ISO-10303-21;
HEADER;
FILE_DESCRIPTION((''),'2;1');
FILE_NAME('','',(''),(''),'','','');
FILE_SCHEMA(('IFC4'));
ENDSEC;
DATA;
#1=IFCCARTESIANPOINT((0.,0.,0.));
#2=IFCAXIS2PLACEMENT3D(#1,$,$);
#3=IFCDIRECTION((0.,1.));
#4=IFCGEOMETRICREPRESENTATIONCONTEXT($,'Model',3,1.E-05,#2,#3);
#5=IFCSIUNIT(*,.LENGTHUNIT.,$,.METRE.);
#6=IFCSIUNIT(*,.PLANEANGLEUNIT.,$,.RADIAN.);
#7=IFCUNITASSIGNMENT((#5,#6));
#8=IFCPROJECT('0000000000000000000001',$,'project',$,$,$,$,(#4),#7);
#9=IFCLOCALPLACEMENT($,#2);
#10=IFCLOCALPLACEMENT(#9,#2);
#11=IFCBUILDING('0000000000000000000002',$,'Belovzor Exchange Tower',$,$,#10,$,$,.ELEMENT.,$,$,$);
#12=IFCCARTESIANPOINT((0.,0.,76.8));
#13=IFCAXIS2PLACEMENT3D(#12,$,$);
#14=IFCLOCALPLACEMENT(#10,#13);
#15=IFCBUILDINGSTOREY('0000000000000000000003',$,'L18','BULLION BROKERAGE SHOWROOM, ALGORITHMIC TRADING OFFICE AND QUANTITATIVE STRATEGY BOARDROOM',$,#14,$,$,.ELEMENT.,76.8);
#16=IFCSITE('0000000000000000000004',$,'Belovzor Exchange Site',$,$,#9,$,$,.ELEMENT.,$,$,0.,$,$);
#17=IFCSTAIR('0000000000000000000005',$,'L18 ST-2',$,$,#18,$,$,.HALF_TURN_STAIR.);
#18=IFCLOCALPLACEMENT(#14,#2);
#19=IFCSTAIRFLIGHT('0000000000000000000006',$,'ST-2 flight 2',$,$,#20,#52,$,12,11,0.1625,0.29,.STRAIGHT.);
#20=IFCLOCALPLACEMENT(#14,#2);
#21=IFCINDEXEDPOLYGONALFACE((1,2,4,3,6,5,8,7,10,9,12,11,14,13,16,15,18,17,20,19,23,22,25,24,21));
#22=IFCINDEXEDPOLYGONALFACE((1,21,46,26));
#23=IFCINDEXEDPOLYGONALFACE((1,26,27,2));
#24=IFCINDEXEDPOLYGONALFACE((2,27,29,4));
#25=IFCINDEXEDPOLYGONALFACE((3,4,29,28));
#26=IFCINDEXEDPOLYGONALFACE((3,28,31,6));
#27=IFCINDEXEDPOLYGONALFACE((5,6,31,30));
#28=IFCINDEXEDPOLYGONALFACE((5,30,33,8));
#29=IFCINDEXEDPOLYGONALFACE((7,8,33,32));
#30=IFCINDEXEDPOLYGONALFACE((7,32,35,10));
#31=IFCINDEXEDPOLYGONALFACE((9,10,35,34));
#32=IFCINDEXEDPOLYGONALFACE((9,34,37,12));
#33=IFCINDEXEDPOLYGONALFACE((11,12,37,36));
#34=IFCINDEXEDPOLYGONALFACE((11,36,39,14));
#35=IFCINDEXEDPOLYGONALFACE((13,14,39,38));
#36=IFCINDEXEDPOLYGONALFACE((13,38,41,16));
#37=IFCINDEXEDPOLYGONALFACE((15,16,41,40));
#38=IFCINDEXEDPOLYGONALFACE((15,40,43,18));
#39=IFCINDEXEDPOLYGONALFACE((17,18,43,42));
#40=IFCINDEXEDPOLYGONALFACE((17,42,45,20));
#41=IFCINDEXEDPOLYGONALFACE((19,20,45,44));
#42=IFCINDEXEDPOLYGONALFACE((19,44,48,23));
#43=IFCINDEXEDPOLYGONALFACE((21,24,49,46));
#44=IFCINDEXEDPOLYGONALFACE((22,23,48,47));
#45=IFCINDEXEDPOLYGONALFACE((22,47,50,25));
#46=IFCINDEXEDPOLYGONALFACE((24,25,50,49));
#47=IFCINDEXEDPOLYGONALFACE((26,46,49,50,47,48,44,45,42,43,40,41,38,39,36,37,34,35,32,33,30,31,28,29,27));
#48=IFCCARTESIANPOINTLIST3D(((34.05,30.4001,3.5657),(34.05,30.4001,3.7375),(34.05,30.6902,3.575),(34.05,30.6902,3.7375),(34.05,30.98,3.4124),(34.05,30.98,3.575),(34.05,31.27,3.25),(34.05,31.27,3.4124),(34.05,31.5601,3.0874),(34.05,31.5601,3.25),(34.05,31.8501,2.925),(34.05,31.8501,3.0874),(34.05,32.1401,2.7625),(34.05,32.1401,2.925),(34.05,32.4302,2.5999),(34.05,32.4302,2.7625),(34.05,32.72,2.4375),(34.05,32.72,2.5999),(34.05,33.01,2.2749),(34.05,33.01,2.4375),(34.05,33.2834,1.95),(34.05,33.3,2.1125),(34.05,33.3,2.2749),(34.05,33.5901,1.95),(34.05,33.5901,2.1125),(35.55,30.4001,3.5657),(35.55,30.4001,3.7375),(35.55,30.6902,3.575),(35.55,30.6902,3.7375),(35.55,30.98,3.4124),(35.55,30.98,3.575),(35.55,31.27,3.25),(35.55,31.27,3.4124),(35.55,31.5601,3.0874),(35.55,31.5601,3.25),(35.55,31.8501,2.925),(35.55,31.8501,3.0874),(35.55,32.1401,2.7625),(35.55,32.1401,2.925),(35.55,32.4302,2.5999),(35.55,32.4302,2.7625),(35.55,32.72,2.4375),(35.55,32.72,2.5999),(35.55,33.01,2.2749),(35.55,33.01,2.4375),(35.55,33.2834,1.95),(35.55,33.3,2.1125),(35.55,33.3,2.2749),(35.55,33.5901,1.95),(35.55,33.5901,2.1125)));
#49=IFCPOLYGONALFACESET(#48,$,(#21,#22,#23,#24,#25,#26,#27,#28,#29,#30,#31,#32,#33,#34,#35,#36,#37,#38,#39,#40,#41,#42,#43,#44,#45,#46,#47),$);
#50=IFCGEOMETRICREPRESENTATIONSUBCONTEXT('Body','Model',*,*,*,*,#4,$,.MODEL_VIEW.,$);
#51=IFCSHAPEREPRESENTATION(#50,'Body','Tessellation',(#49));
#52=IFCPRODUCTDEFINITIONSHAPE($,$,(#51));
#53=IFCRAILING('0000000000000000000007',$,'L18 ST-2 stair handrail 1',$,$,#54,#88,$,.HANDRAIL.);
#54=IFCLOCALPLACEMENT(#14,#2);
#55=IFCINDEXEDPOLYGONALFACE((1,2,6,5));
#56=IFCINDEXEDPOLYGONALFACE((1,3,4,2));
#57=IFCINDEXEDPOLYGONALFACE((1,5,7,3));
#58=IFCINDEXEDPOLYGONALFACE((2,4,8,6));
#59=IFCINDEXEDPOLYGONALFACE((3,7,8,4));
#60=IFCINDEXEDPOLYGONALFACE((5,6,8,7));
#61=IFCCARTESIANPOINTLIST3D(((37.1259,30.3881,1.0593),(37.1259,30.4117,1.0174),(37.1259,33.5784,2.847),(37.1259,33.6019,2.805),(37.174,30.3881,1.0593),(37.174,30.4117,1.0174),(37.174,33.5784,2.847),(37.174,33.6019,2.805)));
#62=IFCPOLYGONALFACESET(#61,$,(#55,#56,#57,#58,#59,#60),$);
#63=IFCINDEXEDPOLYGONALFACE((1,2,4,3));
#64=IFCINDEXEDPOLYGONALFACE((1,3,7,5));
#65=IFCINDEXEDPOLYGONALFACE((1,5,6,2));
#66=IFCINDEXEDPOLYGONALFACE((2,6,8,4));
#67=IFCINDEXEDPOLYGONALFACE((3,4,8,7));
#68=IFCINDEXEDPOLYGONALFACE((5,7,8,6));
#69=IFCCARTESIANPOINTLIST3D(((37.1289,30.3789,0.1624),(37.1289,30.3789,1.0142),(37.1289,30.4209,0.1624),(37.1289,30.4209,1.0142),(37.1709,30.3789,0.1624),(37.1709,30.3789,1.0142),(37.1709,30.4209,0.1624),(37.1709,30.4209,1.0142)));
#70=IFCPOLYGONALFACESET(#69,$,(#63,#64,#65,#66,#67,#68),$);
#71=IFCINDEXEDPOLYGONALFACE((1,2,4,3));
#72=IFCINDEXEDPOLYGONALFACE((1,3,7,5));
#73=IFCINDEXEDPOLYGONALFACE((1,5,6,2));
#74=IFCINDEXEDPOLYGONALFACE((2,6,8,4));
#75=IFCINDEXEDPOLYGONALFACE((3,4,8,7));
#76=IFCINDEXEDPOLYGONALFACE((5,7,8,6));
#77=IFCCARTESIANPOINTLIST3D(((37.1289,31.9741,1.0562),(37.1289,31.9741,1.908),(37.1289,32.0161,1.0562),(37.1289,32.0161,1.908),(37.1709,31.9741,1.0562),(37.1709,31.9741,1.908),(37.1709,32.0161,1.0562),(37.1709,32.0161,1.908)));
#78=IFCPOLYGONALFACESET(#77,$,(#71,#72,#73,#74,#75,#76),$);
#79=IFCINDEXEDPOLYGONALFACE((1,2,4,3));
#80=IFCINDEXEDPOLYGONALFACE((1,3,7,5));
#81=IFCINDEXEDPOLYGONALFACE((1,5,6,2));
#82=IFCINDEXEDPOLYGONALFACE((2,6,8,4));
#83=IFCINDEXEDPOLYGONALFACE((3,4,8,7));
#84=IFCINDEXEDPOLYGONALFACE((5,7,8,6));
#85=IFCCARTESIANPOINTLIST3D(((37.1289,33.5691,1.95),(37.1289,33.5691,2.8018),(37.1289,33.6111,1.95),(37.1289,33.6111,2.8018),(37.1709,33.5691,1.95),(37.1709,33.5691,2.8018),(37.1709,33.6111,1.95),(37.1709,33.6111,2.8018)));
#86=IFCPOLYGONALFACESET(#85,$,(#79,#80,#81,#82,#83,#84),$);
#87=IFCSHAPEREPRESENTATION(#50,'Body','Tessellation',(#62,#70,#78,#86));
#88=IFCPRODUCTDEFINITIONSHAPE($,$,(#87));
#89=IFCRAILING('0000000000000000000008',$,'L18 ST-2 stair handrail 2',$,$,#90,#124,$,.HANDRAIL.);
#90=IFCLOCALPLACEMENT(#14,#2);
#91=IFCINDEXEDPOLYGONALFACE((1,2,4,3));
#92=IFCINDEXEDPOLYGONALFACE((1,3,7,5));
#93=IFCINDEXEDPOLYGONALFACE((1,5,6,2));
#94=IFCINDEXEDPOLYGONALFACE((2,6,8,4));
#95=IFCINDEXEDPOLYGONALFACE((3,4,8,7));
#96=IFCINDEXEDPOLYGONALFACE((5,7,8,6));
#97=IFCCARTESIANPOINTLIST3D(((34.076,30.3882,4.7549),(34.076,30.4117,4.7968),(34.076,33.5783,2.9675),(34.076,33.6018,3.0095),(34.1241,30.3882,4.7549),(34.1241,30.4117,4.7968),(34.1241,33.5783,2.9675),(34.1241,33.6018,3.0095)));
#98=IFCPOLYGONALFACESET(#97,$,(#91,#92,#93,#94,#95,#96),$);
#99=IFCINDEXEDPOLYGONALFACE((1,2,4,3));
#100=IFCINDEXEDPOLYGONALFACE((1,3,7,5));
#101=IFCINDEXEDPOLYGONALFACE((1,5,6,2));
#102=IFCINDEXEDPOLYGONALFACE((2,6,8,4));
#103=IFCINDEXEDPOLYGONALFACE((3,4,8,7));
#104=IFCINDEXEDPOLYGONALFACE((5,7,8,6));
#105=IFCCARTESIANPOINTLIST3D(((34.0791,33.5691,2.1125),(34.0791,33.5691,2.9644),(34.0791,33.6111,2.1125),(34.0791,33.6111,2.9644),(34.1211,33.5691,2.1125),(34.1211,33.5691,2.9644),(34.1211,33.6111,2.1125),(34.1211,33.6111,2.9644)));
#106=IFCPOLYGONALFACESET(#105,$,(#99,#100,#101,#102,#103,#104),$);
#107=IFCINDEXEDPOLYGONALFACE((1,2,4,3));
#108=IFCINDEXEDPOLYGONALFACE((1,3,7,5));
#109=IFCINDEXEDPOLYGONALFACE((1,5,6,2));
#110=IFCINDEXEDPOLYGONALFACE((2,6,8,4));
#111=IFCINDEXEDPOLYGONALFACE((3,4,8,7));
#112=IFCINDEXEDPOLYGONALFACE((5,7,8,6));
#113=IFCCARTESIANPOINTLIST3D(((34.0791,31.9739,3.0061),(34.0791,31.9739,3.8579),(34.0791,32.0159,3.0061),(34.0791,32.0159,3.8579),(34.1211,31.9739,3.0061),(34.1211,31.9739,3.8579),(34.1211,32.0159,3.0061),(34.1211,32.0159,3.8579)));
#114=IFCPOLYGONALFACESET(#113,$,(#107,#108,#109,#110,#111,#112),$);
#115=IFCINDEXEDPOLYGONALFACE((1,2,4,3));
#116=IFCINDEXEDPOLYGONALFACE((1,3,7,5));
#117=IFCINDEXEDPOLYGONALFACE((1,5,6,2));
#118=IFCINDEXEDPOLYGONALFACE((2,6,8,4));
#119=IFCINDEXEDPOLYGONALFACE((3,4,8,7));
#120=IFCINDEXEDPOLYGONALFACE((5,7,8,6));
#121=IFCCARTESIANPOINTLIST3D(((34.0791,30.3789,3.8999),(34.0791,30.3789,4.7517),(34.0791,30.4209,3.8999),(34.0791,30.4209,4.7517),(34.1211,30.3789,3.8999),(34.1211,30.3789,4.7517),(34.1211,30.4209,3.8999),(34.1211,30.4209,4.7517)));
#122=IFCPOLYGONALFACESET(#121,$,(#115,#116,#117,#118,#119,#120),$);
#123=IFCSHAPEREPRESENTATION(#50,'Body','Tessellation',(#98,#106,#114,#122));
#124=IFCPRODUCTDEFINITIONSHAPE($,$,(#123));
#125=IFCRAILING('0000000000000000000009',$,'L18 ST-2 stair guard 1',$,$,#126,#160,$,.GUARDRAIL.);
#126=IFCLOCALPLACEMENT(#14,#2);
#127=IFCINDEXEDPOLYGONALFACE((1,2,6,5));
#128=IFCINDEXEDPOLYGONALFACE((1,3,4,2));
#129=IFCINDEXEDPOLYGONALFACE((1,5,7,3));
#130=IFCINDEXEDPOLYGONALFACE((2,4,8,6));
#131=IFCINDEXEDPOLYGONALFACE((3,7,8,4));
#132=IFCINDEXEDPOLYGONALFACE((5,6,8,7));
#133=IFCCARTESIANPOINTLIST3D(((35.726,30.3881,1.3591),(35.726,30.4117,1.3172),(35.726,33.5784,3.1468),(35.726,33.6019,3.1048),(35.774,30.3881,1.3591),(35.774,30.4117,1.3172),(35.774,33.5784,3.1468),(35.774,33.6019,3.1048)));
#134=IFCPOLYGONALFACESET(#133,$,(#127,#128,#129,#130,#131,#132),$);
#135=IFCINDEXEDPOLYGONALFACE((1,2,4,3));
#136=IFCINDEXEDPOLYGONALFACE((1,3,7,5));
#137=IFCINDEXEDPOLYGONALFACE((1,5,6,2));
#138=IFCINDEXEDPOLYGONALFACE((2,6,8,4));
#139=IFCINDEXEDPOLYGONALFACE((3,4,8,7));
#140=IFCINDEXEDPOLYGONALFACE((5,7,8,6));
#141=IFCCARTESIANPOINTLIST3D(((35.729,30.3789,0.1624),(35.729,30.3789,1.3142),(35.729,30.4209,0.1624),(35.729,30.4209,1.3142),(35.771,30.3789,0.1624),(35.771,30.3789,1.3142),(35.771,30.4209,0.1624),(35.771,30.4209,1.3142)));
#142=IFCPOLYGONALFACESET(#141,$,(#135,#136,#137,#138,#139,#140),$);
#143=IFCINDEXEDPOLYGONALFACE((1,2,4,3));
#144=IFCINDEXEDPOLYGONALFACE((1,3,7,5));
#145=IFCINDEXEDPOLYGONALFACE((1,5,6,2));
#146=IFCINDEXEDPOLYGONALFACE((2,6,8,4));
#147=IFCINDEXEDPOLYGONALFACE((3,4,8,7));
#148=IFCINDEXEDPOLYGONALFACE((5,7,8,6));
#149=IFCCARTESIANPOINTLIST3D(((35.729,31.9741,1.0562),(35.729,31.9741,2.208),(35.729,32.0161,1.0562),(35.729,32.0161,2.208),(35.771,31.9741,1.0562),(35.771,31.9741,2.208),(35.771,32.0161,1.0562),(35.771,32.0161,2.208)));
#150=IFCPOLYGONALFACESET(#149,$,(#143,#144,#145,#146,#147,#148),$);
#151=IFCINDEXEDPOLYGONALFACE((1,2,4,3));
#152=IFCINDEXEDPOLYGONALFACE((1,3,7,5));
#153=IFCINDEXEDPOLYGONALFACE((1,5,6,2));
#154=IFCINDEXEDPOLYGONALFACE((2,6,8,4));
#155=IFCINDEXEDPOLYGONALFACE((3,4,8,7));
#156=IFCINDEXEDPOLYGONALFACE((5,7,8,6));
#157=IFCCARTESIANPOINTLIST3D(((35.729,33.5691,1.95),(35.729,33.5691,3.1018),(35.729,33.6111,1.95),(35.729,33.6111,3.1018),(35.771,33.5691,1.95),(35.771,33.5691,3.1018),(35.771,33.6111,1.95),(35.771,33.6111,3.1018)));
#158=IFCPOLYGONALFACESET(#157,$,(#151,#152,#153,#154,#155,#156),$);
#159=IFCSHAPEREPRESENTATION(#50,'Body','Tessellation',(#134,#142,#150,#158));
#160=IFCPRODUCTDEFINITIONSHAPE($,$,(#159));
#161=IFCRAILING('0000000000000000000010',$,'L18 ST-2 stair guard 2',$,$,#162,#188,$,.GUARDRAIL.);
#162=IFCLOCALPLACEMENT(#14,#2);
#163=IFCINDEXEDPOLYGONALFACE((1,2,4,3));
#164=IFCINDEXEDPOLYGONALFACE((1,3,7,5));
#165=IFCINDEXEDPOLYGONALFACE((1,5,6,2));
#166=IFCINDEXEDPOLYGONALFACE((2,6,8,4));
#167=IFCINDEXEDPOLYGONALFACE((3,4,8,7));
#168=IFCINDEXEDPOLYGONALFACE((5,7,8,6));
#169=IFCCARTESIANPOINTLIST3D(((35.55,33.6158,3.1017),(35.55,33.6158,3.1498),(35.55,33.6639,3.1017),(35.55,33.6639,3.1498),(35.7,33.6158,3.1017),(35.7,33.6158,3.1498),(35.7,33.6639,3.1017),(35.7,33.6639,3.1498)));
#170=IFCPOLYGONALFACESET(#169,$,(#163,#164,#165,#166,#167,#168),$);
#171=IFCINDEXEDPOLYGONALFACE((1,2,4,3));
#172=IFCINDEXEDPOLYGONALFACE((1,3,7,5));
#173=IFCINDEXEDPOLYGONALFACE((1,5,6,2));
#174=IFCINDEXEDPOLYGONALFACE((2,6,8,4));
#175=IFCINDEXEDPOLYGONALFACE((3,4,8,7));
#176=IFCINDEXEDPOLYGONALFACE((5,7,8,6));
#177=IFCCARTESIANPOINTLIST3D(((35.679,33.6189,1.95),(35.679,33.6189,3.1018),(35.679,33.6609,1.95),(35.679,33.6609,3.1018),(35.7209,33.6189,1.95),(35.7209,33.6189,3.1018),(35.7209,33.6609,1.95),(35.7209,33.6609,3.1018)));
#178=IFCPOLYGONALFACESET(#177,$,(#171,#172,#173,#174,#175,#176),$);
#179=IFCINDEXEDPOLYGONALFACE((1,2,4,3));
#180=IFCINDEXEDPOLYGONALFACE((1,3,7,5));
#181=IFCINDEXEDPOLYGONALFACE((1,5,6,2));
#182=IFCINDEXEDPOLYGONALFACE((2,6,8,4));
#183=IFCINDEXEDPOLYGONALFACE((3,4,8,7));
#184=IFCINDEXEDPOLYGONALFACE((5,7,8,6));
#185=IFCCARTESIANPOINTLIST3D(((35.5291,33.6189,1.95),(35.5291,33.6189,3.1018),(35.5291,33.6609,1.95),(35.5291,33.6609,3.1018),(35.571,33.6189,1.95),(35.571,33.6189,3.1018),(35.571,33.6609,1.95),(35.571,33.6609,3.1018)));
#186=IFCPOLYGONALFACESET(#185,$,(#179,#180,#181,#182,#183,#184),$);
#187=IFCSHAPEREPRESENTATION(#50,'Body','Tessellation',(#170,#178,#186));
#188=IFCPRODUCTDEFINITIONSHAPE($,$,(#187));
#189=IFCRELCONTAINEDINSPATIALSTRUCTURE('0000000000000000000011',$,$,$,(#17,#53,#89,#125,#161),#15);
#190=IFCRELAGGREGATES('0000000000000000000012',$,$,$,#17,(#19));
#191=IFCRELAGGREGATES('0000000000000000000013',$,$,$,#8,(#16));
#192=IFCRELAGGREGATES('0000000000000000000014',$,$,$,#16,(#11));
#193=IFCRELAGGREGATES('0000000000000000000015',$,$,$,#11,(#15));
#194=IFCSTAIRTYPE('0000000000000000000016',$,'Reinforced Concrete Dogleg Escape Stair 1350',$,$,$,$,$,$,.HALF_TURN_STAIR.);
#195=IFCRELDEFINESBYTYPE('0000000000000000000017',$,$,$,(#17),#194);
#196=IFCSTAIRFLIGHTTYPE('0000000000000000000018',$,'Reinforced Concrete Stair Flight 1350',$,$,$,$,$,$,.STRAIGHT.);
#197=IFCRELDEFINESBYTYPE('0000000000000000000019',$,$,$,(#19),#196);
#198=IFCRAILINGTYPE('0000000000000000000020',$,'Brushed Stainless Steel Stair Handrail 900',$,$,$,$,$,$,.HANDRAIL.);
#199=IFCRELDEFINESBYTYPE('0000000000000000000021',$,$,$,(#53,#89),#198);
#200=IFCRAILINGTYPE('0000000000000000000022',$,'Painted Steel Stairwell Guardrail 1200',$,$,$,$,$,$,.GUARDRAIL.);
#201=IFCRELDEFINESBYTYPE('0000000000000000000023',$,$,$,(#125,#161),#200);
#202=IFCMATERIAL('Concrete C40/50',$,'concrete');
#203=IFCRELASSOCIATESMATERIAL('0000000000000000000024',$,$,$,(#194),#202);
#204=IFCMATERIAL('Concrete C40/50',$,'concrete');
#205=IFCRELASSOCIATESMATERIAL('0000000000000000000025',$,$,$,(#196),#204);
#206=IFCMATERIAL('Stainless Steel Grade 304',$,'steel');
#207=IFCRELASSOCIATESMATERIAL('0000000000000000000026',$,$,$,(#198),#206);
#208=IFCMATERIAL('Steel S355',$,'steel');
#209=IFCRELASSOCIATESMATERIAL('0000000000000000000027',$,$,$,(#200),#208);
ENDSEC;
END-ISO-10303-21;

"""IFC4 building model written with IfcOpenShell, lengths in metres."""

from ifc_helpers import new_model, si_unit, direction, frame, origin, origin_2d, place, context, subcontext, project, spatial, polyline, rectangle, outline, extrude, material, type_object, element, aggregate, save


model = new_model("IFC4")

# Units and contexts
model_context = context("Model", 3, precision=1e-05, world=origin(), true_north=direction((0.0, 1.0)))
body_context = subcontext(model_context, "Body", "Model", "MODEL_VIEW")
ifc_project = project(units=[si_unit("LENGTHUNIT", "METRE"), si_unit("PLANEANGLEUNIT", "RADIAN")], contexts=[model_context])

# Site, building, storey
site_placement = place(None, origin())
site = spatial("IfcSite", under=ifc_project, at=site_placement, Name="Belovzor Exchange Site", CompositionType="ELEMENT", RefElevation=0.0)
building_placement = place(site_placement, origin())
building = spatial("IfcBuilding", under=site, at=building_placement, Name="Belovzor Exchange Tower", CompositionType="ELEMENT")
storey_placement = place(building_placement, frame((0.0, 0.0, 76.8)))
storey = spatial("IfcBuildingStorey", under=building, at=storey_placement, Name="L18", Description="BULLION BROKERAGE SHOWROOM, ALGORITHMIC TRADING OFFICE AND QUANTITATIVE STRATEGY BOARDROOM", CompositionType="ELEMENT", Elevation=76.8)

# Stair, stair flight
ifc_material_1 = material(Name="Concrete C40/50", Category="concrete")
stair_type = type_object("IfcStairType", Name="Reinforced Concrete Dogleg Escape Stair 1350", PredefinedType="HALF_TURN_STAIR", material=ifc_material_1)
stair_placement = place(storey_placement, origin())
stair = element("IfcStair", 1, at=stair_placement, inside=storey, type_object=stair_type, Name="L18 ST-2", PredefinedType="HALF_TURN_STAIR")
ifc_material_2 = material(Name="Concrete C40/50", Category="concrete")
stair_flight_type = type_object("IfcStairFlightType", Name="Reinforced Concrete Stair Flight 1350", PredefinedType="STRAIGHT", material=ifc_material_2)
stair_flight_1_placement = place(storey_placement, frame((34.8, 33.5901, 1.95), z_axis=(0.0, 0.0, 1.0), x_axis=(0.0, -1.0, 0.0)))
stair_flight_1 = element("IfcStairFlight", 2, at=stair_flight_1_placement, type_object=stair_flight_type, Name="ST-2 flight 2", NumberOfRisers=12, NumberOfTreads=11, PredefinedType="STRAIGHT", RiserHeight=0.1625, TreadLength=0.29, context=body_context, shape_type="SweptSolid", body=[
    extrude(outline(polyline([(0.0, 0.0), (0.0, 0.1626), (0.29, 0.1626), (0.29, 0.325), (0.5801, 0.325), (0.5801, 0.4875), (0.8701, 0.4875), (0.8701, 0.6499), (1.1599, 0.6499), (1.1599, 0.8125), (1.45, 0.8125), (1.45, 0.9751), (1.74, 0.9751), (1.74, 1.1375), (2.03, 1.1375), (2.03, 1.3), (2.3201, 1.3), (2.3201, 1.4624), (2.6101, 1.4624), (2.6101, 1.625), (2.8999, 1.625), (2.8999, 1.7876), (3.1899, 1.7876), (3.1899, 1.95), (3.1899, 1.6157), (0.3066, 0.0), (0.0, 0.0)])), frame((0.0, 0.75, 0.0), z_axis=(0.0, -1.0, 0.0), x_axis=(1.0, 0.0, 0.0)), (0.0, 0.0, 1.0), 1.5),
])
aggregate(stair, [stair_flight_1])

# Railings
ifc_material_3 = material(Name="Stainless Steel Grade 304", Category="steel")
railing_type_1 = type_object("IfcRailingType", Name="Brushed Stainless Steel Stair Handrail 900", PredefinedType="HANDRAIL", material=ifc_material_3)
railing_1_placement = place(storey_placement, frame((37.1499, 30.3999, 0.1624)))
element("IfcRailing", 3, at=railing_1_placement, inside=storey, type_object=railing_type_1, Name="L18 ST-2 stair handrail 1", PredefinedType="HANDRAIL", context=body_context, shape_type="SweptSolid", body=[
    extrude(rectangle(XDim=0.0481, YDim=0.0481, at=origin_2d()), frame((0.0, 0.0, 0.876), z_axis=(0.0, 0.872378, 0.488831), x_axis=(-1.0, 0.0, 0.0)), (0.0, 0.0, 1.0), 3.657),
    extrude(rectangle(XDim=0.042, YDim=0.042, at=origin_2d()), origin(), (0.0, 0.0, 1.0), 0.8518),
    extrude(rectangle(XDim=0.042, YDim=0.042, at=origin_2d()), frame((0.0, 1.5952, 0.8938)), (0.0, 0.0, 1.0), 0.8518),
    extrude(rectangle(XDim=0.042, YDim=0.042, at=origin_2d()), frame((0.0, 3.1902, 1.7876)), (0.0, 0.0, 1.0), 0.8518),
])
railing_2_placement = place(storey_placement, frame((34.1001, 33.5901, 2.1125)))
element("IfcRailing", 4, at=railing_2_placement, inside=storey, type_object=railing_type_1, Name="L18 ST-2 stair handrail 2", PredefinedType="HANDRAIL", context=body_context, shape_type="SweptSolid", body=[
    extrude(rectangle(XDim=0.0481, YDim=0.0481, at=origin_2d()), frame((0.0, 0.0, 0.876), z_axis=(0.0, -0.872407, 0.48878), x_axis=(1.0, 0.0, 0.0)), (0.0, 0.0, 1.0), 3.6567),
    extrude(rectangle(XDim=0.042, YDim=0.042, at=origin_2d()), origin(), (0.0, 0.0, 1.0), 0.8518),
    extrude(rectangle(XDim=0.042, YDim=0.042, at=origin_2d()), frame((0.0, -1.5952, 0.8936)), (0.0, 0.0, 1.0), 0.8518),
    extrude(rectangle(XDim=0.042, YDim=0.042, at=origin_2d()), frame((0.0, -3.1902, 1.7874)), (0.0, 0.0, 1.0), 0.8518),
])
ifc_material_4 = material(Name="Steel S355", Category="steel")
railing_type_2 = type_object("IfcRailingType", Name="Painted Steel Stairwell Guardrail 1200", PredefinedType="GUARDRAIL", material=ifc_material_4)
railing_3_placement = place(storey_placement, frame((35.75, 30.3999, 0.1624)))
element("IfcRailing", 5, at=railing_3_placement, inside=storey, type_object=railing_type_2, Name="L18 ST-2 stair guard 1", PredefinedType="GUARDRAIL", context=body_context, shape_type="SweptSolid", body=[
    extrude(rectangle(XDim=0.0481, YDim=0.0481, at=origin_2d()), frame((0.0, 0.0, 1.1758), z_axis=(0.0, 0.872378, 0.488831), x_axis=(-1.0, 0.0, 0.0)), (0.0, 0.0, 1.0), 3.657),
    extrude(rectangle(XDim=0.042, YDim=0.042, at=origin_2d()), origin(), (0.0, 0.0, 1.0), 1.1519),
    extrude(rectangle(XDim=0.042, YDim=0.042, at=origin_2d()), frame((0.0, 1.5952, 0.8938)), (0.0, 0.0, 1.0), 1.1519),
    extrude(rectangle(XDim=0.042, YDim=0.042, at=origin_2d()), frame((0.0, 3.1902, 1.7876)), (0.0, 0.0, 1.0), 1.1519),
])
railing_4_placement = place(storey_placement, frame((35.7, 33.6399, 1.95)))
element("IfcRailing", 6, at=railing_4_placement, inside=storey, type_object=railing_type_2, Name="L18 ST-2 stair guard 2", PredefinedType="GUARDRAIL", context=body_context, shape_type="SweptSolid", body=[
    extrude(rectangle(XDim=0.0481, YDim=0.0481, at=origin_2d()), frame((0.0, 0.0, 1.1758), z_axis=(-1.0, 0.0, 0.0), x_axis=(0.0, -1.0, 0.0)), (0.0, 0.0, 1.0), 0.1499),
    extrude(rectangle(XDim=0.042, YDim=0.042, at=origin_2d()), origin(), (0.0, 0.0, 1.0), 1.1519),
    extrude(rectangle(XDim=0.042, YDim=0.042, at=origin_2d()), frame((-0.1499, 0.0, 0.0)), (0.0, 0.0, 1.0), 1.1519),
])

save(model, "model.ifc")
